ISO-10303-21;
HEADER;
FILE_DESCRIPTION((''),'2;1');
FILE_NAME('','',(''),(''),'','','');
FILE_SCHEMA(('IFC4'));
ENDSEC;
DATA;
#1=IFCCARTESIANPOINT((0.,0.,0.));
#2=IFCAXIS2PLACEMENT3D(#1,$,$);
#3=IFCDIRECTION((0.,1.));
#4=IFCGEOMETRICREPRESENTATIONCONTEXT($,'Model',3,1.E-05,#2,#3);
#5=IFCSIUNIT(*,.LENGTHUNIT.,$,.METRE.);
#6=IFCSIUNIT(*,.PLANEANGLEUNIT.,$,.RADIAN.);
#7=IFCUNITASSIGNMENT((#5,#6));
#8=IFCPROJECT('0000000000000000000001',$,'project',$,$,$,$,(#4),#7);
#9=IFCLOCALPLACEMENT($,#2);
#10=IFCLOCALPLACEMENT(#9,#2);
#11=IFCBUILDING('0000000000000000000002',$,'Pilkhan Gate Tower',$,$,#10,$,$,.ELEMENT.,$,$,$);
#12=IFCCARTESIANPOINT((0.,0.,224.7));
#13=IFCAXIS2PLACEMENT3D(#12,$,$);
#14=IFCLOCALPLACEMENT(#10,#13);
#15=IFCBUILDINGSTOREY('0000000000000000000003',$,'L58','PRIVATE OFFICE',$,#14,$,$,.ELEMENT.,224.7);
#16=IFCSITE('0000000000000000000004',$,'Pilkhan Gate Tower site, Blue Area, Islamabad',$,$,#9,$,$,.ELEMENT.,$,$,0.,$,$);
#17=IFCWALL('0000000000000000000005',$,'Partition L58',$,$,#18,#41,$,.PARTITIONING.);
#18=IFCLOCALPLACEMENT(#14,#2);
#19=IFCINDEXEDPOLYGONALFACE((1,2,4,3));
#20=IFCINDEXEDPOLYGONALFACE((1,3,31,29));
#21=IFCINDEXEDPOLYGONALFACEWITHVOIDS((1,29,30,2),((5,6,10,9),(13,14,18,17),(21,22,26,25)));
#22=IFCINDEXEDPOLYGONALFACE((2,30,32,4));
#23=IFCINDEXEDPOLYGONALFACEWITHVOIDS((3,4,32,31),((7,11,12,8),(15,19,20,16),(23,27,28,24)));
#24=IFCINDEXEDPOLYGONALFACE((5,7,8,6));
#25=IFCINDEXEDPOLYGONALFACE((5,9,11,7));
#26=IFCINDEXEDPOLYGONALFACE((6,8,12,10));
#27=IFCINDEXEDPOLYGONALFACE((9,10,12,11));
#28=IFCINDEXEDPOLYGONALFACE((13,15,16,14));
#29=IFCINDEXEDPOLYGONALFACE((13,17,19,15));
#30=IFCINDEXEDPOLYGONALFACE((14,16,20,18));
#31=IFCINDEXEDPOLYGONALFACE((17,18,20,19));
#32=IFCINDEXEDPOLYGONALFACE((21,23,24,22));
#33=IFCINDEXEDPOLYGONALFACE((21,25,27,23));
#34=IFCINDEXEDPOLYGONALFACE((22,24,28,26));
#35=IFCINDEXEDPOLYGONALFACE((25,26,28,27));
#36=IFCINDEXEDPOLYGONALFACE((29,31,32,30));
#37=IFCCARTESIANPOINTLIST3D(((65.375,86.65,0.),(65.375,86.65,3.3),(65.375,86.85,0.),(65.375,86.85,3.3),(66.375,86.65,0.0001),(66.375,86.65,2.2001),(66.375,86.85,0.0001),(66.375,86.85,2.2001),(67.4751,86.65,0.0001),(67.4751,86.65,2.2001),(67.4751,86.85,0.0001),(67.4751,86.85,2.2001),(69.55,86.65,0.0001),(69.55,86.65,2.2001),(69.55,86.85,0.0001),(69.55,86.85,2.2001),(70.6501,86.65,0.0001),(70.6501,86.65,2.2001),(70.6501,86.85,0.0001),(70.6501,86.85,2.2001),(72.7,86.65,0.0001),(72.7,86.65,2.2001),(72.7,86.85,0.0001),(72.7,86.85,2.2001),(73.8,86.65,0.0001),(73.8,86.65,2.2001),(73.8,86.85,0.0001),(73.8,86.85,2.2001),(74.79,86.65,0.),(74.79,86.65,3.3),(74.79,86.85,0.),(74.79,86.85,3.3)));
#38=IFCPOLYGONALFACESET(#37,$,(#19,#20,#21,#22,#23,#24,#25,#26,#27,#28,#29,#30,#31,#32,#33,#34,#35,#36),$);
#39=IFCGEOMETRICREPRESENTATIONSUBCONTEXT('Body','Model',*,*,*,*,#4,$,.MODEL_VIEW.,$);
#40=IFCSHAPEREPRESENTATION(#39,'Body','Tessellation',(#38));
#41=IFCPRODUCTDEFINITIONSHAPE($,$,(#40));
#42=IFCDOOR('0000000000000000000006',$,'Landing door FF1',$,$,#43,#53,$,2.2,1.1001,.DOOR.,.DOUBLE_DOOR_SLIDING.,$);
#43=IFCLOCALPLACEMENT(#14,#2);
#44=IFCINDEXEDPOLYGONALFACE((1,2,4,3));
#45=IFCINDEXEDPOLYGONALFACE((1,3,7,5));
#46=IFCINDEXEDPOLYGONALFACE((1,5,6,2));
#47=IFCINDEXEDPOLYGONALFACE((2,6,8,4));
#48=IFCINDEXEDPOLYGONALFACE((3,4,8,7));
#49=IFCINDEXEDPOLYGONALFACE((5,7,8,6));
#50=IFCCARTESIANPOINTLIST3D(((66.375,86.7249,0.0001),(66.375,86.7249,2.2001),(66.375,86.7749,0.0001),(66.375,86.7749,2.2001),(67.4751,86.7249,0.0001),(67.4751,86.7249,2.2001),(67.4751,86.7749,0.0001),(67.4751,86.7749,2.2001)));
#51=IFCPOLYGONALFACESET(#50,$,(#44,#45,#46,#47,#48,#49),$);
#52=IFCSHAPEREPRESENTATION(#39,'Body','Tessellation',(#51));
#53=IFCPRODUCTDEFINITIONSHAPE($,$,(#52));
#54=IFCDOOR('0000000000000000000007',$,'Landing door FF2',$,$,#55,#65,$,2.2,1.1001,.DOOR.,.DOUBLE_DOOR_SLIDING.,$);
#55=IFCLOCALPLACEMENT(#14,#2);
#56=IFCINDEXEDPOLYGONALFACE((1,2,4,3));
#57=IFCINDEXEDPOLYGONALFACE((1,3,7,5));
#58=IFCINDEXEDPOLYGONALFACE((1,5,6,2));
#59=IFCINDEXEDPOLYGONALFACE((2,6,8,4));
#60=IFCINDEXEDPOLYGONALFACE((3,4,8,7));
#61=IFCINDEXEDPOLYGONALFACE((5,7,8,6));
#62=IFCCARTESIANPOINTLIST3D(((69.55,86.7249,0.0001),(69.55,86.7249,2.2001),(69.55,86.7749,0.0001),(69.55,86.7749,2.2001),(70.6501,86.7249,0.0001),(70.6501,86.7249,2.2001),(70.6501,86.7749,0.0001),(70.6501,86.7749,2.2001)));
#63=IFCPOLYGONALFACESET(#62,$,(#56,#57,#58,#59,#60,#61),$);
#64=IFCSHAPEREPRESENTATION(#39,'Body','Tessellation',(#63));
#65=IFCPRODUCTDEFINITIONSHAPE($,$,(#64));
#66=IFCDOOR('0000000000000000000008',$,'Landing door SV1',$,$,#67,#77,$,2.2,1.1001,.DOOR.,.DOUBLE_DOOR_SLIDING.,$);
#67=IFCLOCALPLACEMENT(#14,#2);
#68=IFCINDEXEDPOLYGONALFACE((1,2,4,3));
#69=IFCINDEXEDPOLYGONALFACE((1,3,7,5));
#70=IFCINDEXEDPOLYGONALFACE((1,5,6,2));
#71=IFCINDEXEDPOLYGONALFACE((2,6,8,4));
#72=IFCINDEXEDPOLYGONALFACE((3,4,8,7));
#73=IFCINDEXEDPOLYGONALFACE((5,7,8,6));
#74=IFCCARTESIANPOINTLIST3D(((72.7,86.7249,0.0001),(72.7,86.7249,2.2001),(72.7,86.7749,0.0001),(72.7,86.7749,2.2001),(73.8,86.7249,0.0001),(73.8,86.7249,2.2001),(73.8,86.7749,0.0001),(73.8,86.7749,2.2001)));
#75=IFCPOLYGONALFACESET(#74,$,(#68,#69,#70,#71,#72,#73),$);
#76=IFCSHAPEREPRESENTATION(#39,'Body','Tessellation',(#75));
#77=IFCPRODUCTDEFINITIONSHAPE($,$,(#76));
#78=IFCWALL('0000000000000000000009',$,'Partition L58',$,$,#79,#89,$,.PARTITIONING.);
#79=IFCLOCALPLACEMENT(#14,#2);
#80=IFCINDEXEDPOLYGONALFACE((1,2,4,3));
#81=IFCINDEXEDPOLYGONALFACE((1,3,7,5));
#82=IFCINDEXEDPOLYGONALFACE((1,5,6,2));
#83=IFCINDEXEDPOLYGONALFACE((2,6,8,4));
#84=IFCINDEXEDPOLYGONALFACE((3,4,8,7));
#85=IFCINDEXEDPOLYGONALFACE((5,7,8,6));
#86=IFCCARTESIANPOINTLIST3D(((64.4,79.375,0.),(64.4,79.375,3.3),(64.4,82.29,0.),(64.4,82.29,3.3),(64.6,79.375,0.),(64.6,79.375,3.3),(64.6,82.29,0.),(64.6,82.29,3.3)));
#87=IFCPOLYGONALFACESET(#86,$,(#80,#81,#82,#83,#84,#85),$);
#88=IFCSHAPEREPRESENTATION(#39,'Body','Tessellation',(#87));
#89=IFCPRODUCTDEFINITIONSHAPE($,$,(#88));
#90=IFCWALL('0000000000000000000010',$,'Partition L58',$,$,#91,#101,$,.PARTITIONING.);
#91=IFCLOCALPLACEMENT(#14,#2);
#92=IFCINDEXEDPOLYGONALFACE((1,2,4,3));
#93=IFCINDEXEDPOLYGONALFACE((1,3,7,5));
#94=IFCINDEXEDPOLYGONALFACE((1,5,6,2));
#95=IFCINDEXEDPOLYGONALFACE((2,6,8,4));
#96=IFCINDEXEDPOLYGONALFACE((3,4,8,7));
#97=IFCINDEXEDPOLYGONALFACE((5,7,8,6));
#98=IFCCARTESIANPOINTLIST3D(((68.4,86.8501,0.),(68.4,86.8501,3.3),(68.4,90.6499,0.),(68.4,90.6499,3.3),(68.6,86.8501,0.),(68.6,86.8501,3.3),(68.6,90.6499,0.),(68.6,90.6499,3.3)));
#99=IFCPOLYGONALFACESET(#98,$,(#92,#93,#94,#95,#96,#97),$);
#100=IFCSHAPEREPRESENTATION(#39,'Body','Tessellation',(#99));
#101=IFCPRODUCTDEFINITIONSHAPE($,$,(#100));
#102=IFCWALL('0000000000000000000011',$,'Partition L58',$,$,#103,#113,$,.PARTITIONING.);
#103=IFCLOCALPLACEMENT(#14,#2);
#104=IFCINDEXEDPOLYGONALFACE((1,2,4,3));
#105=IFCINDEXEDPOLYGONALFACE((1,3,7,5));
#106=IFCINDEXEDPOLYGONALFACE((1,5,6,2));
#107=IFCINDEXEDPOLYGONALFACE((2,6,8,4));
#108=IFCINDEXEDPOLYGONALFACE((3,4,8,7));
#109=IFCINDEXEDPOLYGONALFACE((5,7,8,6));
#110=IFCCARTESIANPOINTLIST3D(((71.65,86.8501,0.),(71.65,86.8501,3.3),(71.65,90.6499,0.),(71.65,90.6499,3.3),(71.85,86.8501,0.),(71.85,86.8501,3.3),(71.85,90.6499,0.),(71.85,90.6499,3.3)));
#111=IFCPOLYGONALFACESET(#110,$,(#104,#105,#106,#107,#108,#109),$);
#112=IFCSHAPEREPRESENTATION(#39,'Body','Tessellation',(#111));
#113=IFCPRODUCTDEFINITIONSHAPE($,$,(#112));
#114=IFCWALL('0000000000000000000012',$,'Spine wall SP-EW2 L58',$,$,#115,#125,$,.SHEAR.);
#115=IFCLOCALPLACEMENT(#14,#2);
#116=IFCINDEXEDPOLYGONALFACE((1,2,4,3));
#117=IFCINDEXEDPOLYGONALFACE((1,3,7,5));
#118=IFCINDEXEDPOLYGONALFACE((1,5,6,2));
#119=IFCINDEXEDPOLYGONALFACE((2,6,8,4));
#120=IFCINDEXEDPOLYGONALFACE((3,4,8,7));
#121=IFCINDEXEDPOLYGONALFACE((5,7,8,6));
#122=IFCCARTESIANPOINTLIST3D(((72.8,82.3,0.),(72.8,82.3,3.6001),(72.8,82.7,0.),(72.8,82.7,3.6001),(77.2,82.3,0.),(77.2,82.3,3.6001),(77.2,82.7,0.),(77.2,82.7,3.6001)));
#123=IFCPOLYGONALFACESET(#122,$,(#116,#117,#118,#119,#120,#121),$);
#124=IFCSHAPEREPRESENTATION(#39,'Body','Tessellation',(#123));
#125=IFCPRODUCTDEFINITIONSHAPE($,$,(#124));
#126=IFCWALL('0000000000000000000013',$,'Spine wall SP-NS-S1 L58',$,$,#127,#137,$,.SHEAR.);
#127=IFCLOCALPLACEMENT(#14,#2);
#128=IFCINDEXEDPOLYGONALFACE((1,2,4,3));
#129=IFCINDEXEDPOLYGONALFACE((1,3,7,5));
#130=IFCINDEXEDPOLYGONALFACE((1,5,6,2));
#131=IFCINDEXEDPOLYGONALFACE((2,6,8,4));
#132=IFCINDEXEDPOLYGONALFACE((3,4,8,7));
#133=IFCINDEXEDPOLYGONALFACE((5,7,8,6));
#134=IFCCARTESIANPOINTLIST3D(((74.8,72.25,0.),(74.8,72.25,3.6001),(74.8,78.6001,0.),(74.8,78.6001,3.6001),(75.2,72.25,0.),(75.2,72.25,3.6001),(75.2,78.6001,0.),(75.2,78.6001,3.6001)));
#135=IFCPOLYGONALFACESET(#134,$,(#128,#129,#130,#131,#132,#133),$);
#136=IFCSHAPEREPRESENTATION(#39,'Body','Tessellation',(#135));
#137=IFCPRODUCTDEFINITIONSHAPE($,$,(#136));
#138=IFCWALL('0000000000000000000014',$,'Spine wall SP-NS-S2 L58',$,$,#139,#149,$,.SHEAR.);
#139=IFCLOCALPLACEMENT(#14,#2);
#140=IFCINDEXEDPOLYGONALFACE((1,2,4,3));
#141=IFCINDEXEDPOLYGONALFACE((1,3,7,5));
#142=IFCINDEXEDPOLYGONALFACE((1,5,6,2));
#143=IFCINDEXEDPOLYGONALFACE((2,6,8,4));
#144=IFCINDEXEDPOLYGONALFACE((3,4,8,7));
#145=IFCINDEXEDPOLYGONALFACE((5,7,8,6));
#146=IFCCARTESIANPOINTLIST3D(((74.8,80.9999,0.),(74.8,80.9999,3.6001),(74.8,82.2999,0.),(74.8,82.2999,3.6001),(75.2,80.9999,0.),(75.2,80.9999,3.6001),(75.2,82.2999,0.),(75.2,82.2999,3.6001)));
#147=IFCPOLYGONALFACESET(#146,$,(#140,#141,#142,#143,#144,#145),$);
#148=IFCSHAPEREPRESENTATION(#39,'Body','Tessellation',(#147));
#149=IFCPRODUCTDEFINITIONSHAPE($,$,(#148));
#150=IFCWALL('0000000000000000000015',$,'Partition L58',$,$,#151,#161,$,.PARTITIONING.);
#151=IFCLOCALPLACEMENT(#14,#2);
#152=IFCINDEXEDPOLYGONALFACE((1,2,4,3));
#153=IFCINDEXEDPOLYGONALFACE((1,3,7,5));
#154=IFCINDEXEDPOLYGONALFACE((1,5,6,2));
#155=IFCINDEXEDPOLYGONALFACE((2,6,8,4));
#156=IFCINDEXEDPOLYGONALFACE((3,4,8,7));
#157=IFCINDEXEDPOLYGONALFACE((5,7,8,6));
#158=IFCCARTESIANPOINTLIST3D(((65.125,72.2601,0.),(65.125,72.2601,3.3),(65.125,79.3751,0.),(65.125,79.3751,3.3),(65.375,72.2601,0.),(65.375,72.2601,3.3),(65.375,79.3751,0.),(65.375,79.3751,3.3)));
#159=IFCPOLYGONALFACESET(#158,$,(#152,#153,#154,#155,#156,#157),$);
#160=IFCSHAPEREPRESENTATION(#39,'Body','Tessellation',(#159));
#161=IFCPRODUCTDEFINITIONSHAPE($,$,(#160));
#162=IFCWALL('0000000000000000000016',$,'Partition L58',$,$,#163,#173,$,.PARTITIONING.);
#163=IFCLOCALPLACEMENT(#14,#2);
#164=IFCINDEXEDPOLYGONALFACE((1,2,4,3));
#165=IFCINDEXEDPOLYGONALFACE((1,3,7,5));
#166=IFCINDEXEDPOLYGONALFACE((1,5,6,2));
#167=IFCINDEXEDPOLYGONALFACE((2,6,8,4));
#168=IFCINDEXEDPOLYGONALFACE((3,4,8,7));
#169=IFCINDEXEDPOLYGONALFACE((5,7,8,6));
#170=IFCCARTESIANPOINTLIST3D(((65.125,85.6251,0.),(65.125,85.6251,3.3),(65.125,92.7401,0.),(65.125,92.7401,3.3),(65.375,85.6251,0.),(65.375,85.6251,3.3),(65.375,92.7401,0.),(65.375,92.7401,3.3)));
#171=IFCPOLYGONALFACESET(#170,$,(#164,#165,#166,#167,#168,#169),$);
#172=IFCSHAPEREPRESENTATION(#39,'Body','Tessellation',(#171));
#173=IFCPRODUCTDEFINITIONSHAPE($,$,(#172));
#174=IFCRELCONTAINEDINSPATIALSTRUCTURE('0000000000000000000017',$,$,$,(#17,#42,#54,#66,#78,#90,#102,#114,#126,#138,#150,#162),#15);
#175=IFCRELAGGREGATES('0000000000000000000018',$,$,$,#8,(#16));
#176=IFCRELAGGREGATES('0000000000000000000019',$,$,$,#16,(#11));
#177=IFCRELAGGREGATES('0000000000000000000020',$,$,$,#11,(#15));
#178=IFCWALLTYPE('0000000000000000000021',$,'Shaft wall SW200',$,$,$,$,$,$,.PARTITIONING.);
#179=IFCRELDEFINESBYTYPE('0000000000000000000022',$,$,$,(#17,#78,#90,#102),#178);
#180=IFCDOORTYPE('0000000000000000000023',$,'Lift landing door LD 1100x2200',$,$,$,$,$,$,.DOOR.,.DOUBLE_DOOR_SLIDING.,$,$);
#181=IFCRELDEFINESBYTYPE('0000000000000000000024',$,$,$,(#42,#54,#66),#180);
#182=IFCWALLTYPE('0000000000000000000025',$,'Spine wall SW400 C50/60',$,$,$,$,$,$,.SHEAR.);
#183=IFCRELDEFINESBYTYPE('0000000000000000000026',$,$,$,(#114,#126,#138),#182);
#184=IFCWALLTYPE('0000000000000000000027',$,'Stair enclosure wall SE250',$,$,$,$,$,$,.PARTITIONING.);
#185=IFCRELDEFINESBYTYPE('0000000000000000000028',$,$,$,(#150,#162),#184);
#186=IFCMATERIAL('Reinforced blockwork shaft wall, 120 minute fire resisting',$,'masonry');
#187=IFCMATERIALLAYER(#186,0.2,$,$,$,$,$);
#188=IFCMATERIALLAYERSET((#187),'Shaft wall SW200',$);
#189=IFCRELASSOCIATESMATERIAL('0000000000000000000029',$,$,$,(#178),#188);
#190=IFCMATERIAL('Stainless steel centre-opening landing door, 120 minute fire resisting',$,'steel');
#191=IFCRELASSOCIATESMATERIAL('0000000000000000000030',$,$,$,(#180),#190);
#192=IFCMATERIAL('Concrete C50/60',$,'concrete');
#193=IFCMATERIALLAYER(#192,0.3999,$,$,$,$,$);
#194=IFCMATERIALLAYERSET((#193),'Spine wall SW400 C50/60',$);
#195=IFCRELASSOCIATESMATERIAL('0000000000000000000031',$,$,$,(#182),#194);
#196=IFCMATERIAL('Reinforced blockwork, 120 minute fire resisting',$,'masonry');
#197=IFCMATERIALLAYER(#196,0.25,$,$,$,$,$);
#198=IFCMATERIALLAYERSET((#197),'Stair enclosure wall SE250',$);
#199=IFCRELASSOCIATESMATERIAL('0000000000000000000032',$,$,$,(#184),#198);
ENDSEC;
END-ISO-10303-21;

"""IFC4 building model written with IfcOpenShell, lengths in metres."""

from ifc_helpers import new_model, si_unit, direction, frame, frame_2d, origin, place, context, subcontext, project, spatial, rectangle, extrude, material, layer, layer_set, type_object, element, fill, save


model = new_model("IFC4")

# Units and contexts
model_context = context("Model", 3, precision=1e-05, world=origin(), true_north=direction((0.0, 1.0)))
body_context = subcontext(model_context, "Body", "Model", "MODEL_VIEW")
ifc_project = project(units=[si_unit("LENGTHUNIT", "METRE"), si_unit("PLANEANGLEUNIT", "RADIAN")], contexts=[model_context])

# Site, building, storey
site_placement = place(None, origin())
site = spatial("IfcSite", under=ifc_project, at=site_placement, Name="Pilkhan Gate Tower site, Blue Area, Islamabad", CompositionType="ELEMENT", RefElevation=0.0)
building_placement = place(site_placement, origin())
building = spatial("IfcBuilding", under=site, at=building_placement, Name="Pilkhan Gate Tower", CompositionType="ELEMENT")
storey_placement = place(building_placement, frame((0.0, 0.0, 224.7)))
storey = spatial("IfcBuildingStorey", under=building, at=storey_placement, Name="L58", Description="PRIVATE OFFICE", CompositionType="ELEMENT", Elevation=224.7)

# Shared definitions
ifc_material_1 = material(Name="Concrete C50/60", Category="concrete")

# Wall, openings, doors
ifc_material_2 = material(Name="Reinforced blockwork shaft wall, 120 minute fire resisting", Category="masonry")
ifc_layer_1 = layer(ifc_material_2, 0.2)
ifc_layer_set_1 = layer_set([ifc_layer_1], Name="Shaft wall SW200")
wall_type_1 = type_object("IfcWallType", Name="Shaft wall SW200", PredefinedType="PARTITIONING", material=ifc_layer_set_1)
wall_1_placement = place(storey_placement, frame((65.375, 86.75, 0.0), z_axis=(0.0, 0.0, 1.0), x_axis=(1.0, 0.0, 0.0)))
wall_1 = element("IfcWall", 1, at=wall_1_placement, inside=storey, type_object=wall_type_1, Name="Partition L58", PredefinedType="PARTITIONING", context=body_context, shape_type="SweptSolid", body=[
    extrude(rectangle(XDim=9.415, YDim=0.2, at=frame_2d((4.7075, 0.0))), origin(), (0.0, 0.0, 1.0), 3.3),
])
opening_1_placement = place(wall_1_placement, frame((1.0, 0.0, 0.0)))
opening_1 = element("IfcOpeningElement", 2, at=opening_1_placement, cuts=wall_1, PredefinedType="OPENING", context=body_context, shape_type="SweptSolid", body=[
    extrude(rectangle(XDim=1.1001, YDim=2.2, at=frame_2d((0.55, 1.1001))), frame((0.0, 0.1099, 0.0), z_axis=(0.0, -1.0, 0.0), x_axis=(1.0, 0.0, 0.0)), (0.0, 0.0, 1.0), 0.22),
])
opening_2_placement = place(wall_1_placement, frame((4.175, 0.0, 0.0)))
opening_2 = element("IfcOpeningElement", 3, at=opening_2_placement, cuts=wall_1, PredefinedType="OPENING", context=body_context, shape_type="SweptSolid", body=[
    extrude(rectangle(XDim=1.1001, YDim=2.2, at=frame_2d((0.55, 1.1001))), frame((0.0, 0.1099, 0.0), z_axis=(0.0, -1.0, 0.0), x_axis=(1.0, 0.0, 0.0)), (0.0, 0.0, 1.0), 0.22),
])
opening_3_placement = place(wall_1_placement, frame((7.325, 0.0, 0.0)))
opening_3 = element("IfcOpeningElement", 4, at=opening_3_placement, cuts=wall_1, PredefinedType="OPENING", context=body_context, shape_type="SweptSolid", body=[
    extrude(rectangle(XDim=1.1001, YDim=2.2, at=frame_2d((0.55, 1.1001))), frame((0.0, 0.1099, 0.0), z_axis=(0.0, -1.0, 0.0), x_axis=(1.0, 0.0, 0.0)), (0.0, 0.0, 1.0), 0.22),
])
ifc_material_3 = material(Name="Stainless steel centre-opening landing door, 120 minute fire resisting", Category="steel")
door_type_1 = type_object("IfcDoorType", Name="Lift landing door LD 1100x2200", OperationType="DOUBLE_DOOR_SLIDING", PredefinedType="DOOR", material=ifc_material_3)
door_1_placement = place(opening_1_placement, origin())
door_1 = element("IfcDoor", 5, at=door_1_placement, inside=storey, type_object=door_type_1, Name="Landing door FF1", OperationType="DOUBLE_DOOR_SLIDING", OverallHeight=2.2, OverallWidth=1.1001, PredefinedType="DOOR", context=body_context, shape_type="SweptSolid", body=[
    extrude(rectangle(XDim=1.1001, YDim=2.2, at=frame_2d((0.55, 1.1001))), frame((0.0, 0.0249, 0.0), z_axis=(0.0, -1.0, 0.0), x_axis=(1.0, 0.0, 0.0)), (0.0, 0.0, 1.0), 0.05),
])
fill(opening_1, door_1)
door_2_placement = place(opening_2_placement, origin())
door_2 = element("IfcDoor", 6, at=door_2_placement, inside=storey, type_object=door_type_1, Name="Landing door FF2", OperationType="DOUBLE_DOOR_SLIDING", OverallHeight=2.2, OverallWidth=1.1001, PredefinedType="DOOR", context=body_context, shape_type="SweptSolid", body=[
    extrude(rectangle(XDim=1.1001, YDim=2.2, at=frame_2d((0.55, 1.1001))), frame((0.0, 0.0249, 0.0), z_axis=(0.0, -1.0, 0.0), x_axis=(1.0, 0.0, 0.0)), (0.0, 0.0, 1.0), 0.05),
])
fill(opening_2, door_2)
door_3_placement = place(opening_3_placement, origin())
door_3 = element("IfcDoor", 7, at=door_3_placement, inside=storey, type_object=door_type_1, Name="Landing door SV1", OperationType="DOUBLE_DOOR_SLIDING", OverallHeight=2.2, OverallWidth=1.1001, PredefinedType="DOOR", context=body_context, shape_type="SweptSolid", body=[
    extrude(rectangle(XDim=1.1001, YDim=2.2, at=frame_2d((0.55, 1.1001))), frame((0.0, 0.0249, 0.0), z_axis=(0.0, -1.0, 0.0), x_axis=(1.0, 0.0, 0.0)), (0.0, 0.0, 1.0), 0.05),
])
fill(opening_3, door_3)

# Walls
wall_2_placement = place(storey_placement, frame((64.5, 79.375, 0.0), z_axis=(0.0, 0.0, 1.0), x_axis=(0.0, 1.0, 0.0)))
element("IfcWall", 8, at=wall_2_placement, inside=storey, type_object=wall_type_1, Name="Partition L58", PredefinedType="PARTITIONING", context=body_context, shape_type="SweptSolid", body=[
    extrude(rectangle(XDim=2.915, YDim=0.2, at=frame_2d((1.4575, 0.0))), origin(), (0.0, 0.0, 1.0), 3.3),
])
for number, where, z_axis, x_axis, name in (
    (9, (68.5, 86.8501, 0.0), (0.0, 0.0, 1.0), (0.0, 1.0, 0.0), "Partition L58"),
    (10, (71.75, 86.8501, 0.0), (0.0, 0.0, 1.0), (0.0, 1.0, 0.0), "Partition L58"),
):
    element("IfcWall", number, at=place(storey_placement, frame(where, z_axis=z_axis, x_axis=x_axis)), inside=storey, type_object=wall_type_1, Name=name, PredefinedType="PARTITIONING", context=body_context, shape_type="SweptSolid", body=[
        extrude(rectangle(XDim=3.7998, YDim=0.2, at=frame_2d((1.8999, 0.0))), origin(), (0.0, 0.0, 1.0), 3.3),
    ])
ifc_layer_2 = layer(ifc_material_1, 0.3999)
ifc_layer_set_2 = layer_set([ifc_layer_2], Name="Spine wall SW400 C50/60")
wall_type_2 = type_object("IfcWallType", Name="Spine wall SW400 C50/60", PredefinedType="SHEAR", material=ifc_layer_set_2)
wall_3_placement = place(storey_placement, frame((72.8, 82.5, 0.0), z_axis=(0.0, 0.0, 1.0), x_axis=(1.0, 0.0, 0.0)))
element("IfcWall", 11, at=wall_3_placement, inside=storey, type_object=wall_type_2, Name="Spine wall SP-EW2 L58", PredefinedType="SHEAR", context=body_context, shape_type="SweptSolid", body=[
    extrude(rectangle(XDim=4.3999, YDim=0.3999, at=frame_2d((2.2, 0.0))), origin(), (0.0, 0.0, 1.0), 3.6001),
])
wall_4_placement = place(storey_placement, frame((75.0, 72.25, 0.0), z_axis=(0.0, 0.0, 1.0), x_axis=(0.0, 1.0, 0.0)))
element("IfcWall", 12, at=wall_4_placement, inside=storey, type_object=wall_type_2, Name="Spine wall SP-NS-S1 L58", PredefinedType="SHEAR", context=body_context, shape_type="SweptSolid", body=[
    extrude(rectangle(XDim=6.3501, YDim=0.3999, at=frame_2d((3.175, 0.0))), origin(), (0.0, 0.0, 1.0), 3.6001),
])
wall_5_placement = place(storey_placement, frame((75.0, 81.0, 0.0), z_axis=(0.0, 0.0, 1.0), x_axis=(0.0, 1.0, 0.0)))
element("IfcWall", 13, at=wall_5_placement, inside=storey, type_object=wall_type_2, Name="Spine wall SP-NS-S2 L58", PredefinedType="SHEAR", context=body_context, shape_type="SweptSolid", body=[
    extrude(rectangle(XDim=1.3, YDim=0.3999, at=frame_2d((0.6499, 0.0))), origin(), (0.0, 0.0, 1.0), 3.6001),
])
ifc_material_4 = material(Name="Reinforced blockwork, 120 minute fire resisting", Category="masonry")
ifc_layer_3 = layer(ifc_material_4, 0.25)
ifc_layer_set_3 = layer_set([ifc_layer_3], Name="Stair enclosure wall SE250")
wall_type_3 = type_object("IfcWallType", Name="Stair enclosure wall SE250", PredefinedType="PARTITIONING", material=ifc_layer_set_3)
for number, where, z_axis, x_axis, name in (
    (14, (65.25, 72.26, 0.0), (0.0, 0.0, 1.0), (0.0, 1.0, 0.0), "Partition L58"),
    (15, (65.25, 85.625, 0.0), (0.0, 0.0, 1.0), (0.0, 1.0, 0.0), "Partition L58"),
):
    element("IfcWall", number, at=place(storey_placement, frame(where, z_axis=z_axis, x_axis=x_axis)), inside=storey, type_object=wall_type_3, Name=name, PredefinedType="PARTITIONING", context=body_context, shape_type="SweptSolid", body=[
        extrude(rectangle(XDim=7.115, YDim=0.25, at=frame_2d((3.5576, 0.0))), origin(), (0.0, 0.0, 1.0), 3.3),
    ])

save(model, "model.ifc")
